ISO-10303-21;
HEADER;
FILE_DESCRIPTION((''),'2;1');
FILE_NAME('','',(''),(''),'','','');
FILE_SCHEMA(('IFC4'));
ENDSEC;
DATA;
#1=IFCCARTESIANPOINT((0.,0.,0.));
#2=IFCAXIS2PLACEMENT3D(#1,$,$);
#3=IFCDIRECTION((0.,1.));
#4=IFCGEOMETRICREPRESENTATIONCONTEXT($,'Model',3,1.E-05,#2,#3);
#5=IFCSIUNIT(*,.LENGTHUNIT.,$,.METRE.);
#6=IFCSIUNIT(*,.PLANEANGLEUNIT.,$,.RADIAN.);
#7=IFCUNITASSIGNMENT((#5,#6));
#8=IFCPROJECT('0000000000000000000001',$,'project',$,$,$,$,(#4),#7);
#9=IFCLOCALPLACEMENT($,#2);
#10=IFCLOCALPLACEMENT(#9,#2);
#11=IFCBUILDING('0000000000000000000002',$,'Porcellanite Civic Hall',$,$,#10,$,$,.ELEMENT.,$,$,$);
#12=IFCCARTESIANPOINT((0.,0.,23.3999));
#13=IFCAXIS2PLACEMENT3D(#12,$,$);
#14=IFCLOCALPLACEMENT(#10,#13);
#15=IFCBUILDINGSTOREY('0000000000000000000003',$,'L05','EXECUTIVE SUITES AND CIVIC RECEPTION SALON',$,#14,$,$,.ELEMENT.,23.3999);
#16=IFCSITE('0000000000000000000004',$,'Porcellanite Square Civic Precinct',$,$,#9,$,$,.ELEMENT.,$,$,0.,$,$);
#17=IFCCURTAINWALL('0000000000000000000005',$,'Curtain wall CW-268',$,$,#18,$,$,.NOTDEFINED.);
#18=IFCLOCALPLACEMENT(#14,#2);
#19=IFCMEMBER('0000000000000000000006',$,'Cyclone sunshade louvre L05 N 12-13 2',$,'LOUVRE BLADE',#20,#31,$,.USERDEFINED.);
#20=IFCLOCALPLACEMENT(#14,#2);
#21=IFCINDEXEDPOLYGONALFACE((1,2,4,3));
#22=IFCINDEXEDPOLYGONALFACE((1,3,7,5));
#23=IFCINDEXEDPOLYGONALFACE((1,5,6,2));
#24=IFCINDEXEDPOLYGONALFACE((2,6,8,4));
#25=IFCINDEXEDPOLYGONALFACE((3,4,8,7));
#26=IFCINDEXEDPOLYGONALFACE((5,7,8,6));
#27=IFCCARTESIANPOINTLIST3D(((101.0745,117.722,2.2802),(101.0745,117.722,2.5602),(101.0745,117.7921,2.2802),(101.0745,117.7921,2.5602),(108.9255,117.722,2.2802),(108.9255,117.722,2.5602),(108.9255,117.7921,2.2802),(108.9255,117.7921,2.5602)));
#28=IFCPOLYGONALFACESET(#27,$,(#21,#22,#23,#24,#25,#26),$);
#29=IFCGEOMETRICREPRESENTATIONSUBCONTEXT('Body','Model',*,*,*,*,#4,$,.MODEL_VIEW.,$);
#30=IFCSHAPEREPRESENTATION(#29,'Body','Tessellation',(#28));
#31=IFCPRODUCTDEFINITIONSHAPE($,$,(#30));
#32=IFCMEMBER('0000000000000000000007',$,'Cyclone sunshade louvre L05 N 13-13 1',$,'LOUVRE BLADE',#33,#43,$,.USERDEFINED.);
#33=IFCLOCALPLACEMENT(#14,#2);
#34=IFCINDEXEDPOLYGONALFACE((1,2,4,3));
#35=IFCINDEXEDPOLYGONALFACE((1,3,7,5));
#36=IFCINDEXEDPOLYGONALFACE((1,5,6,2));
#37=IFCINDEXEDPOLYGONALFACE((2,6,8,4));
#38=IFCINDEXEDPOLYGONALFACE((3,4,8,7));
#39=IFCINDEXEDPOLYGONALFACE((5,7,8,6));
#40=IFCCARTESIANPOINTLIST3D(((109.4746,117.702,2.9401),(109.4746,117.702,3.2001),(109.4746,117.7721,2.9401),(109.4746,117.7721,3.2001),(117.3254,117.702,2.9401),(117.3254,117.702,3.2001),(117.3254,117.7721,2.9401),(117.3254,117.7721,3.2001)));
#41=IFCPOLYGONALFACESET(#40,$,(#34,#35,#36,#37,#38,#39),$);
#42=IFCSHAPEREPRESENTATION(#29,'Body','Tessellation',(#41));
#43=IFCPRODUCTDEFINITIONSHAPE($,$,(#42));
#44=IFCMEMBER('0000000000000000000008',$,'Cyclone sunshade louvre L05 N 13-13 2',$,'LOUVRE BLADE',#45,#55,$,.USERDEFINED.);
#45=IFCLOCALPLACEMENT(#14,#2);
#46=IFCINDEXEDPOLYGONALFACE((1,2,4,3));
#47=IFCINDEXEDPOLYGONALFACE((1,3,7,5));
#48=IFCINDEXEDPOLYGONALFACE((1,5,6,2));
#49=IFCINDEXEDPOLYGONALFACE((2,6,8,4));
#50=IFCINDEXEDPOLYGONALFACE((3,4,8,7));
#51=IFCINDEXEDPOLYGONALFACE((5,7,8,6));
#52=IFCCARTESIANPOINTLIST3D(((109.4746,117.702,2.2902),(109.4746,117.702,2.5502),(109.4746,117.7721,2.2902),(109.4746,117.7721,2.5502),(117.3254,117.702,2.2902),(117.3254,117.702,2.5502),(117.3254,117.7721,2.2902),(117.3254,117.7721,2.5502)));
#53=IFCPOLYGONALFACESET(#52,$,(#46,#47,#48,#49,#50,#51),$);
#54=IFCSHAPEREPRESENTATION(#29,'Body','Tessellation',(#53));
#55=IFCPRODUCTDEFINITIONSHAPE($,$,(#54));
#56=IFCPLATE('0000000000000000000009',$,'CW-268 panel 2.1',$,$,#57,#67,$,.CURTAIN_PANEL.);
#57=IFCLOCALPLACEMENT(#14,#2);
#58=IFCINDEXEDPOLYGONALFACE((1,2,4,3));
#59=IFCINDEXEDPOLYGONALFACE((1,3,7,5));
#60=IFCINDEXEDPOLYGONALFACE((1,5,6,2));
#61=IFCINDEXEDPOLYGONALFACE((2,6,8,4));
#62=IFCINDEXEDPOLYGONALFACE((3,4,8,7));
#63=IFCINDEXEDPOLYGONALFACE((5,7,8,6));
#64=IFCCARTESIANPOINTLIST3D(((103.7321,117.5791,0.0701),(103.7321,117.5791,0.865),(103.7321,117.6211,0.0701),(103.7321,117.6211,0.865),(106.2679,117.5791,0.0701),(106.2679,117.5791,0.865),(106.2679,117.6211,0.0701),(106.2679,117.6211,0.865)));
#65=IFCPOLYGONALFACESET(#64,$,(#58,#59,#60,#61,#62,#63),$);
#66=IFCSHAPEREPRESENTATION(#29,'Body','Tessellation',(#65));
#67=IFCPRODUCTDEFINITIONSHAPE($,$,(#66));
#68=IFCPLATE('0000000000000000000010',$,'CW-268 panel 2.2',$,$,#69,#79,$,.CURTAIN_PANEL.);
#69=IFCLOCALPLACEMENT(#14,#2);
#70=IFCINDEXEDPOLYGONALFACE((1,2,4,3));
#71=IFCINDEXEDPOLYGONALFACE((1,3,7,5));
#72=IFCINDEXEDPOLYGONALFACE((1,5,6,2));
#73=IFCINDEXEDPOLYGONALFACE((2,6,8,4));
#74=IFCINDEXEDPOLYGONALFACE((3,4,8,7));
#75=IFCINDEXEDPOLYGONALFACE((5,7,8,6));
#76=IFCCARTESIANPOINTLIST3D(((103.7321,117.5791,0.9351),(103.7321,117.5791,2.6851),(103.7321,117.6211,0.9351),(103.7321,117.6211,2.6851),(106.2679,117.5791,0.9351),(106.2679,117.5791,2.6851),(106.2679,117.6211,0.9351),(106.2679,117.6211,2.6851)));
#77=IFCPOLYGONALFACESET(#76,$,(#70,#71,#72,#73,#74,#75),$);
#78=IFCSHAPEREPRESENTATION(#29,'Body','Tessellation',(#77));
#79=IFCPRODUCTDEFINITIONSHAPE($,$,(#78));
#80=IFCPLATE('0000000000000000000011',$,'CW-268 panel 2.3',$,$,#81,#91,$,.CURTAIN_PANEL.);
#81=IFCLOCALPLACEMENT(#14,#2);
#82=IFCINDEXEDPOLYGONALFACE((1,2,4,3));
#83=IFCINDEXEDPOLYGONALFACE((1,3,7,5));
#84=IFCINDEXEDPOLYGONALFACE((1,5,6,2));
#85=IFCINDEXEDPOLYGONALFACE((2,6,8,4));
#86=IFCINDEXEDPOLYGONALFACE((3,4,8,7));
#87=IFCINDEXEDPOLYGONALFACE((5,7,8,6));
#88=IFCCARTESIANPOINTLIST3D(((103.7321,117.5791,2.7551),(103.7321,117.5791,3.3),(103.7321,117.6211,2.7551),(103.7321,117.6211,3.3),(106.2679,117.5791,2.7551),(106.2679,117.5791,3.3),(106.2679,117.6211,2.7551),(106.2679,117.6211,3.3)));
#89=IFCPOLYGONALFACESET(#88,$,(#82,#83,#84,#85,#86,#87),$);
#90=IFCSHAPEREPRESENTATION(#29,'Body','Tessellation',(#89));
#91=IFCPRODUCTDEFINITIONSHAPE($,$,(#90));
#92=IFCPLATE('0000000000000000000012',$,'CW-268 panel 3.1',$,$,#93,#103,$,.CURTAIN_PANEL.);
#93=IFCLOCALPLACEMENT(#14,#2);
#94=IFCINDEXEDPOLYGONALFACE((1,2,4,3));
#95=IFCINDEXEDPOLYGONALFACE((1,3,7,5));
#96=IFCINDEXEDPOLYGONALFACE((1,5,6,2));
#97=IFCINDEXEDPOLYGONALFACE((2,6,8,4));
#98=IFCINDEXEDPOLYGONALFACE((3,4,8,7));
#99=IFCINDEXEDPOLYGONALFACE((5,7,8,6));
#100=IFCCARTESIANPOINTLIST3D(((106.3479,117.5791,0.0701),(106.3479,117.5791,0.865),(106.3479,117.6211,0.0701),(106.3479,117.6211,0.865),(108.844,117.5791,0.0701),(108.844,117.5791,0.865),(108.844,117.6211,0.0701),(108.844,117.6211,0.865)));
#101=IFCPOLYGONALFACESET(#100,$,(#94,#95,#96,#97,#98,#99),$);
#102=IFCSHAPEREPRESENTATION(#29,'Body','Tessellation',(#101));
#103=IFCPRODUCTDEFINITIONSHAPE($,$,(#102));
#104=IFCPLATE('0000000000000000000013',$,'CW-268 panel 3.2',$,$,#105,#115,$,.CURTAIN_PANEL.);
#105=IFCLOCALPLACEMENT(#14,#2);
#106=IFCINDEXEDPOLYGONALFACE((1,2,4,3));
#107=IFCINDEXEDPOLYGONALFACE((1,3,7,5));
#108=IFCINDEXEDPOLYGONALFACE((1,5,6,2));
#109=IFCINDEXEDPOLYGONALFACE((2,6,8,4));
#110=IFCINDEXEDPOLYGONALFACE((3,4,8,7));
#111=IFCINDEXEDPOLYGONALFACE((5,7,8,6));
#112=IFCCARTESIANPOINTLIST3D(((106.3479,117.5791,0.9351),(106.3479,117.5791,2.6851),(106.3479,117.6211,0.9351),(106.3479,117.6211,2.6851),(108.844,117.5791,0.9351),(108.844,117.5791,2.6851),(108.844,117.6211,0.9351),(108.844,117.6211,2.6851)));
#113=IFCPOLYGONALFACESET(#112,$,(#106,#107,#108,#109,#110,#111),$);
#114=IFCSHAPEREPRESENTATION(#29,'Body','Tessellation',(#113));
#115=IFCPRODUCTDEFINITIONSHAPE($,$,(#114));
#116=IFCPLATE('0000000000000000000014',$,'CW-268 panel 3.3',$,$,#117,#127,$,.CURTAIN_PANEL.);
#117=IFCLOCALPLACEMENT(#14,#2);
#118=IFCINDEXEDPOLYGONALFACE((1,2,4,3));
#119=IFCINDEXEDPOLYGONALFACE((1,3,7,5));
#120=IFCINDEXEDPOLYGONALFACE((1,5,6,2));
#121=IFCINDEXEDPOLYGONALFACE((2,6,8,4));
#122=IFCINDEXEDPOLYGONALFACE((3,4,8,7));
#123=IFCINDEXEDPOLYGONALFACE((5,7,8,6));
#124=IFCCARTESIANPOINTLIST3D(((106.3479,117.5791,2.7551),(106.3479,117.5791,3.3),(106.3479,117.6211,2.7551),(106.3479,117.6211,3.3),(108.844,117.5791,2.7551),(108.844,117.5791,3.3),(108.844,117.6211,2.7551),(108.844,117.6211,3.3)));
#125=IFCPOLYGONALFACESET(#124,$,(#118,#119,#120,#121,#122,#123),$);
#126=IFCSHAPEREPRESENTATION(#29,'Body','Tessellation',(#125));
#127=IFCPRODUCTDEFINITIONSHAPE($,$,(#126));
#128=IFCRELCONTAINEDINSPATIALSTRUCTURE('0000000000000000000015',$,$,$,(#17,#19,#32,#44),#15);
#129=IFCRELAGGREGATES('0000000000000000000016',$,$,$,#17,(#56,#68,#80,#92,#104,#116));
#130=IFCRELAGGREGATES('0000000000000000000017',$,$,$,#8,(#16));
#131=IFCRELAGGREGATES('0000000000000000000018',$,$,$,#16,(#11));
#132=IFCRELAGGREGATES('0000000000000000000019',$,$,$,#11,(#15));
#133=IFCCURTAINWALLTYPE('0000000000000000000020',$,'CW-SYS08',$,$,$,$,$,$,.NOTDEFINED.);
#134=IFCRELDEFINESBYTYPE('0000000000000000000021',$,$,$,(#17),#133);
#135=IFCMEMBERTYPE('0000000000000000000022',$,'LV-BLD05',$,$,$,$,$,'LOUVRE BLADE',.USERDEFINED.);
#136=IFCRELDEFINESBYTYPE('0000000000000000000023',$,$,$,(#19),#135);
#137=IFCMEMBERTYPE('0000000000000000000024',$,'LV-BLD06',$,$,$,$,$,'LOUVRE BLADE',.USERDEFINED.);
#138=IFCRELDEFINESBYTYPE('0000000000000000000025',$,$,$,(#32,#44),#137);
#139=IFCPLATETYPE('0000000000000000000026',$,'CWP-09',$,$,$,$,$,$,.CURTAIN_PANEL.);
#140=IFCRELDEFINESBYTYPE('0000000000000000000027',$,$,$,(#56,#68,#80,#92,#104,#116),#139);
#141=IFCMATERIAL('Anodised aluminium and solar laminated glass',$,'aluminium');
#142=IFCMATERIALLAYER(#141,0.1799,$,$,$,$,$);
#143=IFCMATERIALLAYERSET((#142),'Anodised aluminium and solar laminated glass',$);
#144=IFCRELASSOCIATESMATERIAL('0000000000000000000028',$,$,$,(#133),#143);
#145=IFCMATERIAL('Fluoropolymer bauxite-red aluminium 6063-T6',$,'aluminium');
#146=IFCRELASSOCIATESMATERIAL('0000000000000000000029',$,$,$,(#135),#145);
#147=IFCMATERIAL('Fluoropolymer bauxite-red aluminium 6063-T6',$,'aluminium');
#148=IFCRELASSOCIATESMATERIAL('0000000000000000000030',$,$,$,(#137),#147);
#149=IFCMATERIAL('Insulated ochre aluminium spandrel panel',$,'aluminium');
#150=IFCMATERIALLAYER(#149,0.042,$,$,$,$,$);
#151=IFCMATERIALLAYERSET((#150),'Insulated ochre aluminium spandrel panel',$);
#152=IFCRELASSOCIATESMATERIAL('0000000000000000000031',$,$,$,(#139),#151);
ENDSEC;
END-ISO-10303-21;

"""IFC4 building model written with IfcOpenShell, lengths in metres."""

from ifc_helpers import new_model, si_unit, direction, frame, origin, origin_2d, place, context, subcontext, project, spatial, rectangle, extrude, material, layer, layer_set, material_profile, profile_set, type_object, element, aggregate, save


model = new_model("IFC4")

# Units and contexts
model_context = context("Model", 3, precision=1e-05, world=origin(), true_north=direction((0.0, 1.0)))
body_context = subcontext(model_context, "Body", "Model", "MODEL_VIEW")
ifc_project = project(units=[si_unit("LENGTHUNIT", "METRE"), si_unit("PLANEANGLEUNIT", "RADIAN")], contexts=[model_context])

# Site, building, storey
site_placement = place(None, origin())
site = spatial("IfcSite", under=ifc_project, at=site_placement, Name="Porcellanite Square Civic Precinct", CompositionType="ELEMENT", RefElevation=0.0)
building_placement = place(site_placement, origin())
building = spatial("IfcBuilding", under=site, at=building_placement, Name="Porcellanite Civic Hall", CompositionType="ELEMENT")
storey_placement = place(building_placement, frame((0.0, 0.0, 23.3999)))
storey = spatial("IfcBuildingStorey", under=building, at=storey_placement, Name="L05", Description="EXECUTIVE SUITES AND CIVIC RECEPTION SALON", CompositionType="ELEMENT", Elevation=23.3999)

# Curtain wall
ifc_material_1 = material(Name="Anodised aluminium and solar laminated glass", Category="aluminium")
ifc_layer_1 = layer(ifc_material_1, 0.1799)
ifc_layer_set_1 = layer_set([ifc_layer_1], Name="Anodised aluminium and solar laminated glass")
curtain_wall_type = type_object("IfcCurtainWallType", Name="CW-SYS08", PredefinedType="NOTDEFINED", material=ifc_layer_set_1)
curtain_wall_placement = place(storey_placement, origin())
curtain_wall = element("IfcCurtainWall", 1, at=curtain_wall_placement, inside=storey, type_object=curtain_wall_type, Name="Curtain wall CW-268", PredefinedType="NOTDEFINED")

# Members
ifc_material_2 = material(Name="Fluoropolymer bauxite-red aluminium 6063-T6", Category="aluminium")
ifc_material_profile_1 = material_profile(ifc_material_2, rectangle(XDim=0.0701, YDim=0.28, at=origin_2d()), Name="AL-70x280")
ifc_profile_set_1 = profile_set([ifc_material_profile_1], Name="Fluoropolymer bauxite-red aluminium 6063-T6")
member_type_1 = type_object("IfcMemberType", Name="LV-BLD05", ElementType="LOUVRE BLADE", PredefinedType="USERDEFINED", material=ifc_profile_set_1)
for number, where, z_axis, x_axis, name in (
    (2, (101.0745, 117.7571, 2.4202), (1.0, 0.0, 0.0), (0.0, 1.0, 0.0), "Cyclone sunshade louvre L05 N 12-13 2"),
):
    element("IfcMember", number, at=place(storey_placement, frame(where, z_axis=z_axis, x_axis=x_axis)), inside=storey, type_object=member_type_1, Name=name, ObjectType="LOUVRE BLADE", PredefinedType="USERDEFINED", context=body_context, shape_type="SweptSolid", body=[
        extrude(rectangle(XDim=0.0701, YDim=0.28, at=origin_2d()), origin(), (0.0, 0.0, 1.0), 7.8511),
    ])
ifc_material_3 = material(Name="Fluoropolymer bauxite-red aluminium 6063-T6", Category="aluminium")
ifc_material_profile_2 = material_profile(ifc_material_3, rectangle(XDim=0.0701, YDim=0.26, at=origin_2d()), Name="AL-70x260")
ifc_profile_set_2 = profile_set([ifc_material_profile_2], Name="Fluoropolymer bauxite-red aluminium 6063-T6")
member_type_2 = type_object("IfcMemberType", Name="LV-BLD06", ElementType="LOUVRE BLADE", PredefinedType="USERDEFINED", material=ifc_profile_set_2)
for number, where, z_axis, x_axis, name in (
    (3, (109.4746, 117.7371, 3.0701), (1.0, 0.0, 0.0), (0.0, 1.0, 0.0), "Cyclone sunshade louvre L05 N 13-13 1"),
    (4, (109.4746, 117.7371, 2.4202), (1.0, 0.0, 0.0), (0.0, 1.0, 0.0), "Cyclone sunshade louvre L05 N 13-13 2"),
):
    element("IfcMember", number, at=place(storey_placement, frame(where, z_axis=z_axis, x_axis=x_axis)), inside=storey, type_object=member_type_2, Name=name, ObjectType="LOUVRE BLADE", PredefinedType="USERDEFINED", context=body_context, shape_type="SweptSolid", body=[
        extrude(rectangle(XDim=0.0701, YDim=0.26, at=origin_2d()), origin(), (0.0, 0.0, 1.0), 7.8508),
    ])

# Plates
ifc_material_4 = material(Name="Insulated ochre aluminium spandrel panel", Category="aluminium")
ifc_layer_2 = layer(ifc_material_4, 0.042)
ifc_layer_set_2 = layer_set([ifc_layer_2], Name="Insulated ochre aluminium spandrel panel")
plate_type = type_object("IfcPlateType", Name="CWP-09", PredefinedType="CURTAIN_PANEL", material=ifc_layer_set_2)
plate_1_placement = place(storey_placement, frame((105.0, 117.6001, 0.0701), z_axis=(0.0, 0.0, 1.0), x_axis=(1.0, 0.0, 0.0)))
plate_1 = element("IfcPlate", 5, at=plate_1_placement, type_object=plate_type, Name="CW-268 panel 2.1", PredefinedType="CURTAIN_PANEL", context=body_context, shape_type="SweptSolid", body=[
    extrude(rectangle(XDim=2.5359, YDim=0.042, at=origin_2d()), origin(), (0.0, 0.0, 1.0), 0.7949),
])
plate_2_placement = place(storey_placement, frame((105.0, 117.6001, 0.9351), z_axis=(0.0, 0.0, 1.0), x_axis=(1.0, 0.0, 0.0)))
plate_2 = element("IfcPlate", 6, at=plate_2_placement, type_object=plate_type, Name="CW-268 panel 2.2", PredefinedType="CURTAIN_PANEL", context=body_context, shape_type="SweptSolid", body=[
    extrude(rectangle(XDim=2.5359, YDim=0.042, at=origin_2d()), origin(), (0.0, 0.0, 1.0), 1.75),
])
plate_3_placement = place(storey_placement, frame((105.0, 117.6001, 2.7551), z_axis=(0.0, 0.0, 1.0), x_axis=(1.0, 0.0, 0.0)))
plate_3 = element("IfcPlate", 7, at=plate_3_placement, type_object=plate_type, Name="CW-268 panel 2.3", PredefinedType="CURTAIN_PANEL", context=body_context, shape_type="SweptSolid", body=[
    extrude(rectangle(XDim=2.5359, YDim=0.042, at=origin_2d()), origin(), (0.0, 0.0, 1.0), 0.5449),
])
plate_4_placement = place(storey_placement, frame((107.5959, 117.6001, 0.0701), z_axis=(0.0, 0.0, 1.0), x_axis=(1.0, 0.0, 0.0)))
plate_4 = element("IfcPlate", 8, at=plate_4_placement, type_object=plate_type, Name="CW-268 panel 3.1", PredefinedType="CURTAIN_PANEL", context=body_context, shape_type="SweptSolid", body=[
    extrude(rectangle(XDim=2.4961, YDim=0.042, at=origin_2d()), origin(), (0.0, 0.0, 1.0), 0.7949),
])
plate_5_placement = place(storey_placement, frame((107.5959, 117.6001, 0.9351), z_axis=(0.0, 0.0, 1.0), x_axis=(1.0, 0.0, 0.0)))
plate_5 = element("IfcPlate", 9, at=plate_5_placement, type_object=plate_type, Name="CW-268 panel 3.2", PredefinedType="CURTAIN_PANEL", context=body_context, shape_type="SweptSolid", body=[
    extrude(rectangle(XDim=2.4961, YDim=0.042, at=origin_2d()), origin(), (0.0, 0.0, 1.0), 1.75),
])
plate_6_placement = place(storey_placement, frame((107.5959, 117.6001, 2.7551), z_axis=(0.0, 0.0, 1.0), x_axis=(1.0, 0.0, 0.0)))
plate_6 = element("IfcPlate", 10, at=plate_6_placement, type_object=plate_type, Name="CW-268 panel 3.3", PredefinedType="CURTAIN_PANEL", context=body_context, shape_type="SweptSolid", body=[
    extrude(rectangle(XDim=2.4961, YDim=0.042, at=origin_2d()), origin(), (0.0, 0.0, 1.0), 0.5449),
])
aggregate(curtain_wall, [plate_1, plate_2, plate_3, plate_4, plate_5, plate_6])

save(model, "model.ifc")
